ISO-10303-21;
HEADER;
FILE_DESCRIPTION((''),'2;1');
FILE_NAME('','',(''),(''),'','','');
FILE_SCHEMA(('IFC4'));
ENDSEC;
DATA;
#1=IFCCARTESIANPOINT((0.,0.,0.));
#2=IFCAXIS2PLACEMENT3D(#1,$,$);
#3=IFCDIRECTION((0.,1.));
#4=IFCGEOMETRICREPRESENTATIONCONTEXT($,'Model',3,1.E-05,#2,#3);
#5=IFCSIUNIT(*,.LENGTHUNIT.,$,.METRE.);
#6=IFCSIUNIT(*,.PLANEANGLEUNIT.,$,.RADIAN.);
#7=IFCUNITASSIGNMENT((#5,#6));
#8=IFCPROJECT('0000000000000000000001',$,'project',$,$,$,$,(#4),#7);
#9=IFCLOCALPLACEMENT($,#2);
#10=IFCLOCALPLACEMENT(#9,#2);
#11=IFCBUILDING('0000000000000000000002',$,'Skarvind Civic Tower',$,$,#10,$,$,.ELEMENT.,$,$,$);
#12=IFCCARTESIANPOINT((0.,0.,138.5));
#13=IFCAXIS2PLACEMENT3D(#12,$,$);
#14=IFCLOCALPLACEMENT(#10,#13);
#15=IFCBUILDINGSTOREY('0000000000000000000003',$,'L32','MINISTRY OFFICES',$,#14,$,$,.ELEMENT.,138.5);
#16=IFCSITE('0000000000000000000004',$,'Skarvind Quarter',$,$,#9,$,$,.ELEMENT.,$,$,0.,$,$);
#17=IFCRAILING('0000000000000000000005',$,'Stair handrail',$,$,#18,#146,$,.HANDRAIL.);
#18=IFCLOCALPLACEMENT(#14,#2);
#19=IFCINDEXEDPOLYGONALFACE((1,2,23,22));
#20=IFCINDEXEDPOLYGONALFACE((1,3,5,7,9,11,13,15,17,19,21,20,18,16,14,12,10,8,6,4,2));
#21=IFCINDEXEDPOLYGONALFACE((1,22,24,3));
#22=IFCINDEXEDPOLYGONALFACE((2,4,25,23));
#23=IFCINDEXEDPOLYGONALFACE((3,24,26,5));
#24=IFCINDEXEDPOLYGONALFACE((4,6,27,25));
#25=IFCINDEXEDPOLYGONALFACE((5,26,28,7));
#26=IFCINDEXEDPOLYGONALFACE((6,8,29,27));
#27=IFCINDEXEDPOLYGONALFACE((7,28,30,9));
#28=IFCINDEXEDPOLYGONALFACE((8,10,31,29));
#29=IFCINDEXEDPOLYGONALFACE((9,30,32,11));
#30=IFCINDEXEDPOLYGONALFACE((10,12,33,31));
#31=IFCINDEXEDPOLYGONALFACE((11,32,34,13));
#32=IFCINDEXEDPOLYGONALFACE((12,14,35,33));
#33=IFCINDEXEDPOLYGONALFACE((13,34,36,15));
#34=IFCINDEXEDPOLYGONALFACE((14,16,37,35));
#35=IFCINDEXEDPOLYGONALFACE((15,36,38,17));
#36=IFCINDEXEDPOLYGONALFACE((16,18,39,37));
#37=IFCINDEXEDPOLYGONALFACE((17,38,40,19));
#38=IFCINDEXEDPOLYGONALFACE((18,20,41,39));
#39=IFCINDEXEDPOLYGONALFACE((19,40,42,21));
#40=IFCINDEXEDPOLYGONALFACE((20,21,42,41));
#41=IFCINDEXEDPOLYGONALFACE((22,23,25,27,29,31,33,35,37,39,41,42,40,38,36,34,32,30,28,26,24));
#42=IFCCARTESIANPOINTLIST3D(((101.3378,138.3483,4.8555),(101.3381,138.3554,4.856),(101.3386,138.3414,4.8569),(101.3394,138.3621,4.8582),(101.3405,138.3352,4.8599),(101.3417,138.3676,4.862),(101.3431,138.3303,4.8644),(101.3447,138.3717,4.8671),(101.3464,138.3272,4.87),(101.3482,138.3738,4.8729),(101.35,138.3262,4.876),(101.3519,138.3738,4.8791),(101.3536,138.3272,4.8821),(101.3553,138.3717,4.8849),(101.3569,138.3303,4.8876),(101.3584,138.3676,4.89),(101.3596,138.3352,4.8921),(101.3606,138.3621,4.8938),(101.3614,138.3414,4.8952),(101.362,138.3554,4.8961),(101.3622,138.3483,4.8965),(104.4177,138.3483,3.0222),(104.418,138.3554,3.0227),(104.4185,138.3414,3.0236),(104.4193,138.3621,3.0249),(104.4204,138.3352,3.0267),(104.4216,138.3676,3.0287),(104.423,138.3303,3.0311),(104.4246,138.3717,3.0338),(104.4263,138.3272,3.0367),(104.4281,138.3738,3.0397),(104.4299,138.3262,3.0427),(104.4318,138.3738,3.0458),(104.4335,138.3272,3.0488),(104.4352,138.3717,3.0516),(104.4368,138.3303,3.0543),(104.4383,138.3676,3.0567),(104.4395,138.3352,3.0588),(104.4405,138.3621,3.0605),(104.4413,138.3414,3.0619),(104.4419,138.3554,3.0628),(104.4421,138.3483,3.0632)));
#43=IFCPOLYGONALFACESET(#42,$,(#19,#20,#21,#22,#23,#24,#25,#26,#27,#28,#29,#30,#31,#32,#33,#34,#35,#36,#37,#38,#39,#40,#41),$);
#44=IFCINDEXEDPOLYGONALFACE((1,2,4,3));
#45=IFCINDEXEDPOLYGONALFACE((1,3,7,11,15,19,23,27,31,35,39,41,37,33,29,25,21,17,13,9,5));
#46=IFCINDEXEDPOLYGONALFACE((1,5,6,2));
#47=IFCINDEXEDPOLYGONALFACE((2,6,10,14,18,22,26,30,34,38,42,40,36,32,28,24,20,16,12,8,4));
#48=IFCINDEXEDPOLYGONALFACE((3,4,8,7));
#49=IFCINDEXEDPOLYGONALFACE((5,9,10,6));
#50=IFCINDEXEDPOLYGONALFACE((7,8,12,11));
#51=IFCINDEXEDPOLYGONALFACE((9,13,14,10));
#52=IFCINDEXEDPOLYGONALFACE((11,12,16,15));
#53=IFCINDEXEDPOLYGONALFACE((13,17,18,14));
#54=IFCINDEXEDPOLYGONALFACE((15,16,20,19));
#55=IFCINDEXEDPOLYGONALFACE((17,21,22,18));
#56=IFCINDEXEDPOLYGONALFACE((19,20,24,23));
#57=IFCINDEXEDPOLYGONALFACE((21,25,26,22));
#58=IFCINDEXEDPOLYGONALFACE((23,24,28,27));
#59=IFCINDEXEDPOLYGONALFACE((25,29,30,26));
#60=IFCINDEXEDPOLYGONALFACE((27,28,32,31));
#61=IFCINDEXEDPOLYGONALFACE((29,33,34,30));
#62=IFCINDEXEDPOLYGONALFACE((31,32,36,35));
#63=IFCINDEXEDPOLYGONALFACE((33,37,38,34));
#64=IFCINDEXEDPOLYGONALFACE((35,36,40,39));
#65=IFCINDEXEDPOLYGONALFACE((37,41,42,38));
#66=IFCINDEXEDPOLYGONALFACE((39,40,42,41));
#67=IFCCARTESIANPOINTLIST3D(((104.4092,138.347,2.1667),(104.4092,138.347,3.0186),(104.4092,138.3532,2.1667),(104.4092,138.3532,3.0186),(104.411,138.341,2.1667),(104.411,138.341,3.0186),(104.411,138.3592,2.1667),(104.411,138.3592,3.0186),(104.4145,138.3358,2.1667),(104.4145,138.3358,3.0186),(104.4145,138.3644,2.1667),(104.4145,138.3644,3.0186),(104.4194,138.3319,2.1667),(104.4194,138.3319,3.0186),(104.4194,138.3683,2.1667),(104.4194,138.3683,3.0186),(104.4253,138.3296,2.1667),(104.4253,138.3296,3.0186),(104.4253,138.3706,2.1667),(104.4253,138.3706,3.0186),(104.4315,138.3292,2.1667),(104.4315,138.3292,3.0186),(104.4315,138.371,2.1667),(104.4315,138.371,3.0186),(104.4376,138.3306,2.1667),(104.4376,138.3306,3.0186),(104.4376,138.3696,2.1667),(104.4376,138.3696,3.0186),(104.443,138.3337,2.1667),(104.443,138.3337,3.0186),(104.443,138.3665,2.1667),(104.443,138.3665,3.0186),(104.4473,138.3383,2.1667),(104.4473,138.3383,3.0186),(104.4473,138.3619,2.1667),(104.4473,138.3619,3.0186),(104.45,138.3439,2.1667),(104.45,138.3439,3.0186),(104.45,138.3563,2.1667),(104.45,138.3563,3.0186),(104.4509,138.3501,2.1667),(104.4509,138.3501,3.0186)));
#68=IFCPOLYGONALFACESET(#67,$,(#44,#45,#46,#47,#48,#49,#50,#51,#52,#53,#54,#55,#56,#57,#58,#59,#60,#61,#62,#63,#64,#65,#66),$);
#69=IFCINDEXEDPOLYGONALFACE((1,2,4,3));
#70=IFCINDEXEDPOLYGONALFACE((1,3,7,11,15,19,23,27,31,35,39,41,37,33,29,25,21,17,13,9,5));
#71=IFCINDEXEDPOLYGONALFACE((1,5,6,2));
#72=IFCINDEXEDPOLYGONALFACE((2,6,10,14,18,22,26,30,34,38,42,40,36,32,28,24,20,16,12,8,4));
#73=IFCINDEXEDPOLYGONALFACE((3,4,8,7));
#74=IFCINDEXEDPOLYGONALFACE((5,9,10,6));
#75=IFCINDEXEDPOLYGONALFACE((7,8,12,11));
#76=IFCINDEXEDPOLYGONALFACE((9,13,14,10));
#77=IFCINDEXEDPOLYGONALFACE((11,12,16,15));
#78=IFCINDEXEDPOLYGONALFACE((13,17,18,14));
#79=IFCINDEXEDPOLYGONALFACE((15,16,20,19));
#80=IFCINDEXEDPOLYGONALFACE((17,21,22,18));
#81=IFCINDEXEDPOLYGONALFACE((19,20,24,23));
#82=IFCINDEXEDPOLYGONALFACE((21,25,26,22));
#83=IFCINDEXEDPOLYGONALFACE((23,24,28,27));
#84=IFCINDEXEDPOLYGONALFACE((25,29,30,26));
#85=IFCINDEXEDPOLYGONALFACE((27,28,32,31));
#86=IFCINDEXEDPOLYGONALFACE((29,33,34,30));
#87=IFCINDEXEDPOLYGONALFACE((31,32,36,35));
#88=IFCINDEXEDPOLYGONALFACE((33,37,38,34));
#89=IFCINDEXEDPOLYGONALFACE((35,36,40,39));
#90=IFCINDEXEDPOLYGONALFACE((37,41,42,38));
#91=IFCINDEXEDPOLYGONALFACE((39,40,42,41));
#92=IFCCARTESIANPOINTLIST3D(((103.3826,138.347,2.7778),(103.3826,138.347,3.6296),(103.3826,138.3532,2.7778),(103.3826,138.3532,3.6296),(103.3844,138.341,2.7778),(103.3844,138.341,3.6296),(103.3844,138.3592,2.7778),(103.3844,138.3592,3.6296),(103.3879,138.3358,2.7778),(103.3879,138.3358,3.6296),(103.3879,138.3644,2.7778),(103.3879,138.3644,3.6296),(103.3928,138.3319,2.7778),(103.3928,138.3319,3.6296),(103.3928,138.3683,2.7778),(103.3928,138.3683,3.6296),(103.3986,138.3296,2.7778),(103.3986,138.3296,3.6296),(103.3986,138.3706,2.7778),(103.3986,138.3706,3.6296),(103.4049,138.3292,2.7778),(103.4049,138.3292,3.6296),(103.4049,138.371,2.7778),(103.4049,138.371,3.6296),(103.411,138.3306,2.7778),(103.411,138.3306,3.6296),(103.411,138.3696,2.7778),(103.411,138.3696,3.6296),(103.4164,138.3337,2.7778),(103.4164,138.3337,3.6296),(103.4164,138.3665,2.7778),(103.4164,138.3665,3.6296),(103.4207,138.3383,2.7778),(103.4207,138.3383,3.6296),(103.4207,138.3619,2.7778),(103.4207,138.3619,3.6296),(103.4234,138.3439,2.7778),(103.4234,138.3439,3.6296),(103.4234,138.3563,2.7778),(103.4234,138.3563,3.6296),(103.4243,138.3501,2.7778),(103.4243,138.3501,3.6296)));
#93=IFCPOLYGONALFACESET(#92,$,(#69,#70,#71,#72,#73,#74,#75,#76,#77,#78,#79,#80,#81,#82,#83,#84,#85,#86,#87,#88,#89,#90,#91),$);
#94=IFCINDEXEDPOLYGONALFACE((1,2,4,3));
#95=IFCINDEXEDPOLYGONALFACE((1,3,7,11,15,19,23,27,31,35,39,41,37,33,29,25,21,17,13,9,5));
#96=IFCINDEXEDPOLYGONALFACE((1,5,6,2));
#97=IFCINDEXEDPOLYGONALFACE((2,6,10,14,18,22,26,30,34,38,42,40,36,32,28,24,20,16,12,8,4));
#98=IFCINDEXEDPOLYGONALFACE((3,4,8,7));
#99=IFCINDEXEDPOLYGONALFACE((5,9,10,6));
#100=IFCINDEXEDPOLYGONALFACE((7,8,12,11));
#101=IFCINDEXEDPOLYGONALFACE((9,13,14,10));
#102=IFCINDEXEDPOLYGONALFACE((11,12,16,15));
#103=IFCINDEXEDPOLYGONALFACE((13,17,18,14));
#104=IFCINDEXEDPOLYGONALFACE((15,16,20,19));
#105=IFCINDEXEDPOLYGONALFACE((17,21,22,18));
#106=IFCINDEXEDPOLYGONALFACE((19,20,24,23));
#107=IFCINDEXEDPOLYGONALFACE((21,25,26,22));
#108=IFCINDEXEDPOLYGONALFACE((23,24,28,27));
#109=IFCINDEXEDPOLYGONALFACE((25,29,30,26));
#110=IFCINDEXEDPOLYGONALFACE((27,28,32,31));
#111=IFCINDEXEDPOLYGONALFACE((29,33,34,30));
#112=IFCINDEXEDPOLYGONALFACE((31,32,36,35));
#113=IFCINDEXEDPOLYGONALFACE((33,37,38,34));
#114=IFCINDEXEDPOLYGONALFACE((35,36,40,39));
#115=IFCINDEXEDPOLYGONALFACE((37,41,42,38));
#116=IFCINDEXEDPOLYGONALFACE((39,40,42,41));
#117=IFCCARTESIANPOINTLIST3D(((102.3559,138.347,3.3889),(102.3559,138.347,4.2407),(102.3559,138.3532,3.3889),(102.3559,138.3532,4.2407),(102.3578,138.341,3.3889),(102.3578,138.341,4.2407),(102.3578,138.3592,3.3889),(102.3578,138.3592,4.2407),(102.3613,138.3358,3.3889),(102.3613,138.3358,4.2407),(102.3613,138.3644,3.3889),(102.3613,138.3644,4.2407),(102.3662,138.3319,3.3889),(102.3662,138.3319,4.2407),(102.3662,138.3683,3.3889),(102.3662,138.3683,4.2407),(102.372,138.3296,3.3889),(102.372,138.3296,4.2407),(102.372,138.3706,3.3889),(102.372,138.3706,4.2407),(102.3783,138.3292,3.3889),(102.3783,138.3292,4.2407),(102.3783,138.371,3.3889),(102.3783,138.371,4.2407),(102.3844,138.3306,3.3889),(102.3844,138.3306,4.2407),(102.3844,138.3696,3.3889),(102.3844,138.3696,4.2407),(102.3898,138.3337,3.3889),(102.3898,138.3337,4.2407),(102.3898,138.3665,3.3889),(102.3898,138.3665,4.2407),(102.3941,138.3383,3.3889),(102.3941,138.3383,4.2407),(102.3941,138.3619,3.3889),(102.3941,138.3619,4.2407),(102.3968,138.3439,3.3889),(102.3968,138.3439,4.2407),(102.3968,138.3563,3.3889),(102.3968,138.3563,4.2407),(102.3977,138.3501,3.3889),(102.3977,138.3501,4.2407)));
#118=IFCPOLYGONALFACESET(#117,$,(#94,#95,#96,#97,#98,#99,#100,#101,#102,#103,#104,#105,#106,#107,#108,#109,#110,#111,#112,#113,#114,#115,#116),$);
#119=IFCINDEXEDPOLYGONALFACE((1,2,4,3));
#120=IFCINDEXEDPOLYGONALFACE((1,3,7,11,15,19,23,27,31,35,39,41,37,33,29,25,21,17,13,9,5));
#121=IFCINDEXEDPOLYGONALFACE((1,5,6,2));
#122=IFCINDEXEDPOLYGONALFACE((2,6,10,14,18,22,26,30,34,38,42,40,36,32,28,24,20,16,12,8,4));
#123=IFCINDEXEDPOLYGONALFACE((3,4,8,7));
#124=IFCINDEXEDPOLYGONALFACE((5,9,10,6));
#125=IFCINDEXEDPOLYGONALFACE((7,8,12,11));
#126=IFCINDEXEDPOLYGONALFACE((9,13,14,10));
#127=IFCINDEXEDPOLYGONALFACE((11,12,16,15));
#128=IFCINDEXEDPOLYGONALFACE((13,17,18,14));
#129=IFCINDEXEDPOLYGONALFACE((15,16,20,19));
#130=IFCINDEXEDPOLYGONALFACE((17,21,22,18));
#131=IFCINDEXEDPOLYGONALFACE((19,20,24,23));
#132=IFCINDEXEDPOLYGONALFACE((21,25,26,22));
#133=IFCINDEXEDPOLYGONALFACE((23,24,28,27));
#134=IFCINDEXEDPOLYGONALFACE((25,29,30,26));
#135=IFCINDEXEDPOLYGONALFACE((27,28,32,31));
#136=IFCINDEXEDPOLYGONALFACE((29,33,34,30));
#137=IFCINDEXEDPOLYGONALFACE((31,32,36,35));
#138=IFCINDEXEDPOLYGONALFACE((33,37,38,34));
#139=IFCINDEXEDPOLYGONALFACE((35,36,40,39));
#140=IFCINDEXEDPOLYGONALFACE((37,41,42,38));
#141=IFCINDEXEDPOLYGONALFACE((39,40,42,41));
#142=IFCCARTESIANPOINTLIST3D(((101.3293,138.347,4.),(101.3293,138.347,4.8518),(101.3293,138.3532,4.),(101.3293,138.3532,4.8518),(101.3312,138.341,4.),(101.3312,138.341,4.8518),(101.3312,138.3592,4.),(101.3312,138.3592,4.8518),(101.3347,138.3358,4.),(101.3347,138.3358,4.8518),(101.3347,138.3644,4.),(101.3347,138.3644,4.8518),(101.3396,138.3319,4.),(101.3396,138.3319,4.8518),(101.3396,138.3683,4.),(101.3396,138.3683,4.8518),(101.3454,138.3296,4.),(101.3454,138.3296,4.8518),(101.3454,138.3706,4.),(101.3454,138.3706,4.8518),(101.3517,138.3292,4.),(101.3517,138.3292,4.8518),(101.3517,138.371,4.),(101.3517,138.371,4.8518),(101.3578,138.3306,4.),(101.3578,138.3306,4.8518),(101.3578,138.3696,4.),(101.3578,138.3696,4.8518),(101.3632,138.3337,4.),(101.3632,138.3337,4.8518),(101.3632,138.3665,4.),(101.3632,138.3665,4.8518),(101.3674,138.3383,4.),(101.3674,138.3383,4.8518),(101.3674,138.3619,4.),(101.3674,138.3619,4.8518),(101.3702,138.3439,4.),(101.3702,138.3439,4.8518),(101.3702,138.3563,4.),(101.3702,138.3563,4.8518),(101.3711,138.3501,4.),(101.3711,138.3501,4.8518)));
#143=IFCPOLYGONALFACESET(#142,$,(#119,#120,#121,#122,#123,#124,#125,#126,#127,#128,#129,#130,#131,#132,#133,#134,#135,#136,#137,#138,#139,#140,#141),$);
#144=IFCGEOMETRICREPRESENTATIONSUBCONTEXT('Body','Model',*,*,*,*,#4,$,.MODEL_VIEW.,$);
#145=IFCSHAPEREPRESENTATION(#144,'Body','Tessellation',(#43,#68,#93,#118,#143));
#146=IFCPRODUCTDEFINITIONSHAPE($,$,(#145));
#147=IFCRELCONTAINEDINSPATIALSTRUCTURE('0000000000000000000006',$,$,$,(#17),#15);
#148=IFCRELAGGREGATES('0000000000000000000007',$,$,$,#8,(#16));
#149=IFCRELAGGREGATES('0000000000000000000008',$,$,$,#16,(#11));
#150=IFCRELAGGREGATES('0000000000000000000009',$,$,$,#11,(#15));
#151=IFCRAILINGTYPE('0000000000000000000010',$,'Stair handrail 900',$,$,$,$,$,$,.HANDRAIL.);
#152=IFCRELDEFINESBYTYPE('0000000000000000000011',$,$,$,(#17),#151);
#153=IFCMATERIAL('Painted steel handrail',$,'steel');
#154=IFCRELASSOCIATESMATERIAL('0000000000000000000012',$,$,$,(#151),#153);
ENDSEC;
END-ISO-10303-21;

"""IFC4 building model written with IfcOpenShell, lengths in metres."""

from ifc_helpers import new_model, si_unit, direction, frame, origin, origin_2d, place, context, subcontext, project, spatial, circle, extrude, material, type_object, element, save


model = new_model("IFC4")

# Units and contexts
model_context = context("Model", 3, precision=1e-05, world=origin(), true_north=direction((0.0, 1.0)))
body_context = subcontext(model_context, "Body", "Model", "MODEL_VIEW")
ifc_project = project(units=[si_unit("LENGTHUNIT", "METRE"), si_unit("PLANEANGLEUNIT", "RADIAN")], contexts=[model_context])

# Site, building, storey
site_placement = place(None, origin())
site = spatial("IfcSite", under=ifc_project, at=site_placement, Name="Skarvind Quarter", CompositionType="ELEMENT", RefElevation=0.0)
building_placement = place(site_placement, origin())
building = spatial("IfcBuilding", under=site, at=building_placement, Name="Skarvind Civic Tower", CompositionType="ELEMENT")
storey_placement = place(building_placement, frame((0.0, 0.0, 138.5)))
storey = spatial("IfcBuildingStorey", under=building, at=storey_placement, Name="L32", Description="MINISTRY OFFICES", CompositionType="ELEMENT", Elevation=138.5)

# Railing
ifc_material_1 = material(Name="Painted steel handrail", Category="steel")
railing_type = type_object("IfcRailingType", Name="Stair handrail 900", PredefinedType="HANDRAIL", material=ifc_material_1)
railing_1_placement = place(storey_placement, frame((104.4299, 138.3501, 2.1667)))
element("IfcRailing", 1, at=railing_1_placement, inside=storey, type_object=railing_type, Name="Stair handrail", PredefinedType="HANDRAIL", context=body_context, shape_type="SweptSolid", body=[
    extrude(circle(Radius=0.0239, at=origin_2d()), frame((0.0, 0.0, 0.876), z_axis=(-0.859291, 0.0, 0.511487), x_axis=(0.0, -1.0, 0.0)), (0.0, 0.0, 1.0), 3.5842),
    extrude(circle(Radius=0.021, at=origin_2d()), origin(), (0.0, 0.0, 1.0), 0.8518),
    extrude(circle(Radius=0.021, at=origin_2d()), frame((-1.0266, 0.0, 0.6111)), (0.0, 0.0, 1.0), 0.8518),
    extrude(circle(Radius=0.021, at=origin_2d()), frame((-2.0532, 0.0, 1.2222)), (0.0, 0.0, 1.0), 0.8518),
    extrude(circle(Radius=0.021, at=origin_2d()), frame((-3.0798, 0.0, 1.8333)), (0.0, 0.0, 1.0), 0.8518),
])

save(model, "model.ifc")
